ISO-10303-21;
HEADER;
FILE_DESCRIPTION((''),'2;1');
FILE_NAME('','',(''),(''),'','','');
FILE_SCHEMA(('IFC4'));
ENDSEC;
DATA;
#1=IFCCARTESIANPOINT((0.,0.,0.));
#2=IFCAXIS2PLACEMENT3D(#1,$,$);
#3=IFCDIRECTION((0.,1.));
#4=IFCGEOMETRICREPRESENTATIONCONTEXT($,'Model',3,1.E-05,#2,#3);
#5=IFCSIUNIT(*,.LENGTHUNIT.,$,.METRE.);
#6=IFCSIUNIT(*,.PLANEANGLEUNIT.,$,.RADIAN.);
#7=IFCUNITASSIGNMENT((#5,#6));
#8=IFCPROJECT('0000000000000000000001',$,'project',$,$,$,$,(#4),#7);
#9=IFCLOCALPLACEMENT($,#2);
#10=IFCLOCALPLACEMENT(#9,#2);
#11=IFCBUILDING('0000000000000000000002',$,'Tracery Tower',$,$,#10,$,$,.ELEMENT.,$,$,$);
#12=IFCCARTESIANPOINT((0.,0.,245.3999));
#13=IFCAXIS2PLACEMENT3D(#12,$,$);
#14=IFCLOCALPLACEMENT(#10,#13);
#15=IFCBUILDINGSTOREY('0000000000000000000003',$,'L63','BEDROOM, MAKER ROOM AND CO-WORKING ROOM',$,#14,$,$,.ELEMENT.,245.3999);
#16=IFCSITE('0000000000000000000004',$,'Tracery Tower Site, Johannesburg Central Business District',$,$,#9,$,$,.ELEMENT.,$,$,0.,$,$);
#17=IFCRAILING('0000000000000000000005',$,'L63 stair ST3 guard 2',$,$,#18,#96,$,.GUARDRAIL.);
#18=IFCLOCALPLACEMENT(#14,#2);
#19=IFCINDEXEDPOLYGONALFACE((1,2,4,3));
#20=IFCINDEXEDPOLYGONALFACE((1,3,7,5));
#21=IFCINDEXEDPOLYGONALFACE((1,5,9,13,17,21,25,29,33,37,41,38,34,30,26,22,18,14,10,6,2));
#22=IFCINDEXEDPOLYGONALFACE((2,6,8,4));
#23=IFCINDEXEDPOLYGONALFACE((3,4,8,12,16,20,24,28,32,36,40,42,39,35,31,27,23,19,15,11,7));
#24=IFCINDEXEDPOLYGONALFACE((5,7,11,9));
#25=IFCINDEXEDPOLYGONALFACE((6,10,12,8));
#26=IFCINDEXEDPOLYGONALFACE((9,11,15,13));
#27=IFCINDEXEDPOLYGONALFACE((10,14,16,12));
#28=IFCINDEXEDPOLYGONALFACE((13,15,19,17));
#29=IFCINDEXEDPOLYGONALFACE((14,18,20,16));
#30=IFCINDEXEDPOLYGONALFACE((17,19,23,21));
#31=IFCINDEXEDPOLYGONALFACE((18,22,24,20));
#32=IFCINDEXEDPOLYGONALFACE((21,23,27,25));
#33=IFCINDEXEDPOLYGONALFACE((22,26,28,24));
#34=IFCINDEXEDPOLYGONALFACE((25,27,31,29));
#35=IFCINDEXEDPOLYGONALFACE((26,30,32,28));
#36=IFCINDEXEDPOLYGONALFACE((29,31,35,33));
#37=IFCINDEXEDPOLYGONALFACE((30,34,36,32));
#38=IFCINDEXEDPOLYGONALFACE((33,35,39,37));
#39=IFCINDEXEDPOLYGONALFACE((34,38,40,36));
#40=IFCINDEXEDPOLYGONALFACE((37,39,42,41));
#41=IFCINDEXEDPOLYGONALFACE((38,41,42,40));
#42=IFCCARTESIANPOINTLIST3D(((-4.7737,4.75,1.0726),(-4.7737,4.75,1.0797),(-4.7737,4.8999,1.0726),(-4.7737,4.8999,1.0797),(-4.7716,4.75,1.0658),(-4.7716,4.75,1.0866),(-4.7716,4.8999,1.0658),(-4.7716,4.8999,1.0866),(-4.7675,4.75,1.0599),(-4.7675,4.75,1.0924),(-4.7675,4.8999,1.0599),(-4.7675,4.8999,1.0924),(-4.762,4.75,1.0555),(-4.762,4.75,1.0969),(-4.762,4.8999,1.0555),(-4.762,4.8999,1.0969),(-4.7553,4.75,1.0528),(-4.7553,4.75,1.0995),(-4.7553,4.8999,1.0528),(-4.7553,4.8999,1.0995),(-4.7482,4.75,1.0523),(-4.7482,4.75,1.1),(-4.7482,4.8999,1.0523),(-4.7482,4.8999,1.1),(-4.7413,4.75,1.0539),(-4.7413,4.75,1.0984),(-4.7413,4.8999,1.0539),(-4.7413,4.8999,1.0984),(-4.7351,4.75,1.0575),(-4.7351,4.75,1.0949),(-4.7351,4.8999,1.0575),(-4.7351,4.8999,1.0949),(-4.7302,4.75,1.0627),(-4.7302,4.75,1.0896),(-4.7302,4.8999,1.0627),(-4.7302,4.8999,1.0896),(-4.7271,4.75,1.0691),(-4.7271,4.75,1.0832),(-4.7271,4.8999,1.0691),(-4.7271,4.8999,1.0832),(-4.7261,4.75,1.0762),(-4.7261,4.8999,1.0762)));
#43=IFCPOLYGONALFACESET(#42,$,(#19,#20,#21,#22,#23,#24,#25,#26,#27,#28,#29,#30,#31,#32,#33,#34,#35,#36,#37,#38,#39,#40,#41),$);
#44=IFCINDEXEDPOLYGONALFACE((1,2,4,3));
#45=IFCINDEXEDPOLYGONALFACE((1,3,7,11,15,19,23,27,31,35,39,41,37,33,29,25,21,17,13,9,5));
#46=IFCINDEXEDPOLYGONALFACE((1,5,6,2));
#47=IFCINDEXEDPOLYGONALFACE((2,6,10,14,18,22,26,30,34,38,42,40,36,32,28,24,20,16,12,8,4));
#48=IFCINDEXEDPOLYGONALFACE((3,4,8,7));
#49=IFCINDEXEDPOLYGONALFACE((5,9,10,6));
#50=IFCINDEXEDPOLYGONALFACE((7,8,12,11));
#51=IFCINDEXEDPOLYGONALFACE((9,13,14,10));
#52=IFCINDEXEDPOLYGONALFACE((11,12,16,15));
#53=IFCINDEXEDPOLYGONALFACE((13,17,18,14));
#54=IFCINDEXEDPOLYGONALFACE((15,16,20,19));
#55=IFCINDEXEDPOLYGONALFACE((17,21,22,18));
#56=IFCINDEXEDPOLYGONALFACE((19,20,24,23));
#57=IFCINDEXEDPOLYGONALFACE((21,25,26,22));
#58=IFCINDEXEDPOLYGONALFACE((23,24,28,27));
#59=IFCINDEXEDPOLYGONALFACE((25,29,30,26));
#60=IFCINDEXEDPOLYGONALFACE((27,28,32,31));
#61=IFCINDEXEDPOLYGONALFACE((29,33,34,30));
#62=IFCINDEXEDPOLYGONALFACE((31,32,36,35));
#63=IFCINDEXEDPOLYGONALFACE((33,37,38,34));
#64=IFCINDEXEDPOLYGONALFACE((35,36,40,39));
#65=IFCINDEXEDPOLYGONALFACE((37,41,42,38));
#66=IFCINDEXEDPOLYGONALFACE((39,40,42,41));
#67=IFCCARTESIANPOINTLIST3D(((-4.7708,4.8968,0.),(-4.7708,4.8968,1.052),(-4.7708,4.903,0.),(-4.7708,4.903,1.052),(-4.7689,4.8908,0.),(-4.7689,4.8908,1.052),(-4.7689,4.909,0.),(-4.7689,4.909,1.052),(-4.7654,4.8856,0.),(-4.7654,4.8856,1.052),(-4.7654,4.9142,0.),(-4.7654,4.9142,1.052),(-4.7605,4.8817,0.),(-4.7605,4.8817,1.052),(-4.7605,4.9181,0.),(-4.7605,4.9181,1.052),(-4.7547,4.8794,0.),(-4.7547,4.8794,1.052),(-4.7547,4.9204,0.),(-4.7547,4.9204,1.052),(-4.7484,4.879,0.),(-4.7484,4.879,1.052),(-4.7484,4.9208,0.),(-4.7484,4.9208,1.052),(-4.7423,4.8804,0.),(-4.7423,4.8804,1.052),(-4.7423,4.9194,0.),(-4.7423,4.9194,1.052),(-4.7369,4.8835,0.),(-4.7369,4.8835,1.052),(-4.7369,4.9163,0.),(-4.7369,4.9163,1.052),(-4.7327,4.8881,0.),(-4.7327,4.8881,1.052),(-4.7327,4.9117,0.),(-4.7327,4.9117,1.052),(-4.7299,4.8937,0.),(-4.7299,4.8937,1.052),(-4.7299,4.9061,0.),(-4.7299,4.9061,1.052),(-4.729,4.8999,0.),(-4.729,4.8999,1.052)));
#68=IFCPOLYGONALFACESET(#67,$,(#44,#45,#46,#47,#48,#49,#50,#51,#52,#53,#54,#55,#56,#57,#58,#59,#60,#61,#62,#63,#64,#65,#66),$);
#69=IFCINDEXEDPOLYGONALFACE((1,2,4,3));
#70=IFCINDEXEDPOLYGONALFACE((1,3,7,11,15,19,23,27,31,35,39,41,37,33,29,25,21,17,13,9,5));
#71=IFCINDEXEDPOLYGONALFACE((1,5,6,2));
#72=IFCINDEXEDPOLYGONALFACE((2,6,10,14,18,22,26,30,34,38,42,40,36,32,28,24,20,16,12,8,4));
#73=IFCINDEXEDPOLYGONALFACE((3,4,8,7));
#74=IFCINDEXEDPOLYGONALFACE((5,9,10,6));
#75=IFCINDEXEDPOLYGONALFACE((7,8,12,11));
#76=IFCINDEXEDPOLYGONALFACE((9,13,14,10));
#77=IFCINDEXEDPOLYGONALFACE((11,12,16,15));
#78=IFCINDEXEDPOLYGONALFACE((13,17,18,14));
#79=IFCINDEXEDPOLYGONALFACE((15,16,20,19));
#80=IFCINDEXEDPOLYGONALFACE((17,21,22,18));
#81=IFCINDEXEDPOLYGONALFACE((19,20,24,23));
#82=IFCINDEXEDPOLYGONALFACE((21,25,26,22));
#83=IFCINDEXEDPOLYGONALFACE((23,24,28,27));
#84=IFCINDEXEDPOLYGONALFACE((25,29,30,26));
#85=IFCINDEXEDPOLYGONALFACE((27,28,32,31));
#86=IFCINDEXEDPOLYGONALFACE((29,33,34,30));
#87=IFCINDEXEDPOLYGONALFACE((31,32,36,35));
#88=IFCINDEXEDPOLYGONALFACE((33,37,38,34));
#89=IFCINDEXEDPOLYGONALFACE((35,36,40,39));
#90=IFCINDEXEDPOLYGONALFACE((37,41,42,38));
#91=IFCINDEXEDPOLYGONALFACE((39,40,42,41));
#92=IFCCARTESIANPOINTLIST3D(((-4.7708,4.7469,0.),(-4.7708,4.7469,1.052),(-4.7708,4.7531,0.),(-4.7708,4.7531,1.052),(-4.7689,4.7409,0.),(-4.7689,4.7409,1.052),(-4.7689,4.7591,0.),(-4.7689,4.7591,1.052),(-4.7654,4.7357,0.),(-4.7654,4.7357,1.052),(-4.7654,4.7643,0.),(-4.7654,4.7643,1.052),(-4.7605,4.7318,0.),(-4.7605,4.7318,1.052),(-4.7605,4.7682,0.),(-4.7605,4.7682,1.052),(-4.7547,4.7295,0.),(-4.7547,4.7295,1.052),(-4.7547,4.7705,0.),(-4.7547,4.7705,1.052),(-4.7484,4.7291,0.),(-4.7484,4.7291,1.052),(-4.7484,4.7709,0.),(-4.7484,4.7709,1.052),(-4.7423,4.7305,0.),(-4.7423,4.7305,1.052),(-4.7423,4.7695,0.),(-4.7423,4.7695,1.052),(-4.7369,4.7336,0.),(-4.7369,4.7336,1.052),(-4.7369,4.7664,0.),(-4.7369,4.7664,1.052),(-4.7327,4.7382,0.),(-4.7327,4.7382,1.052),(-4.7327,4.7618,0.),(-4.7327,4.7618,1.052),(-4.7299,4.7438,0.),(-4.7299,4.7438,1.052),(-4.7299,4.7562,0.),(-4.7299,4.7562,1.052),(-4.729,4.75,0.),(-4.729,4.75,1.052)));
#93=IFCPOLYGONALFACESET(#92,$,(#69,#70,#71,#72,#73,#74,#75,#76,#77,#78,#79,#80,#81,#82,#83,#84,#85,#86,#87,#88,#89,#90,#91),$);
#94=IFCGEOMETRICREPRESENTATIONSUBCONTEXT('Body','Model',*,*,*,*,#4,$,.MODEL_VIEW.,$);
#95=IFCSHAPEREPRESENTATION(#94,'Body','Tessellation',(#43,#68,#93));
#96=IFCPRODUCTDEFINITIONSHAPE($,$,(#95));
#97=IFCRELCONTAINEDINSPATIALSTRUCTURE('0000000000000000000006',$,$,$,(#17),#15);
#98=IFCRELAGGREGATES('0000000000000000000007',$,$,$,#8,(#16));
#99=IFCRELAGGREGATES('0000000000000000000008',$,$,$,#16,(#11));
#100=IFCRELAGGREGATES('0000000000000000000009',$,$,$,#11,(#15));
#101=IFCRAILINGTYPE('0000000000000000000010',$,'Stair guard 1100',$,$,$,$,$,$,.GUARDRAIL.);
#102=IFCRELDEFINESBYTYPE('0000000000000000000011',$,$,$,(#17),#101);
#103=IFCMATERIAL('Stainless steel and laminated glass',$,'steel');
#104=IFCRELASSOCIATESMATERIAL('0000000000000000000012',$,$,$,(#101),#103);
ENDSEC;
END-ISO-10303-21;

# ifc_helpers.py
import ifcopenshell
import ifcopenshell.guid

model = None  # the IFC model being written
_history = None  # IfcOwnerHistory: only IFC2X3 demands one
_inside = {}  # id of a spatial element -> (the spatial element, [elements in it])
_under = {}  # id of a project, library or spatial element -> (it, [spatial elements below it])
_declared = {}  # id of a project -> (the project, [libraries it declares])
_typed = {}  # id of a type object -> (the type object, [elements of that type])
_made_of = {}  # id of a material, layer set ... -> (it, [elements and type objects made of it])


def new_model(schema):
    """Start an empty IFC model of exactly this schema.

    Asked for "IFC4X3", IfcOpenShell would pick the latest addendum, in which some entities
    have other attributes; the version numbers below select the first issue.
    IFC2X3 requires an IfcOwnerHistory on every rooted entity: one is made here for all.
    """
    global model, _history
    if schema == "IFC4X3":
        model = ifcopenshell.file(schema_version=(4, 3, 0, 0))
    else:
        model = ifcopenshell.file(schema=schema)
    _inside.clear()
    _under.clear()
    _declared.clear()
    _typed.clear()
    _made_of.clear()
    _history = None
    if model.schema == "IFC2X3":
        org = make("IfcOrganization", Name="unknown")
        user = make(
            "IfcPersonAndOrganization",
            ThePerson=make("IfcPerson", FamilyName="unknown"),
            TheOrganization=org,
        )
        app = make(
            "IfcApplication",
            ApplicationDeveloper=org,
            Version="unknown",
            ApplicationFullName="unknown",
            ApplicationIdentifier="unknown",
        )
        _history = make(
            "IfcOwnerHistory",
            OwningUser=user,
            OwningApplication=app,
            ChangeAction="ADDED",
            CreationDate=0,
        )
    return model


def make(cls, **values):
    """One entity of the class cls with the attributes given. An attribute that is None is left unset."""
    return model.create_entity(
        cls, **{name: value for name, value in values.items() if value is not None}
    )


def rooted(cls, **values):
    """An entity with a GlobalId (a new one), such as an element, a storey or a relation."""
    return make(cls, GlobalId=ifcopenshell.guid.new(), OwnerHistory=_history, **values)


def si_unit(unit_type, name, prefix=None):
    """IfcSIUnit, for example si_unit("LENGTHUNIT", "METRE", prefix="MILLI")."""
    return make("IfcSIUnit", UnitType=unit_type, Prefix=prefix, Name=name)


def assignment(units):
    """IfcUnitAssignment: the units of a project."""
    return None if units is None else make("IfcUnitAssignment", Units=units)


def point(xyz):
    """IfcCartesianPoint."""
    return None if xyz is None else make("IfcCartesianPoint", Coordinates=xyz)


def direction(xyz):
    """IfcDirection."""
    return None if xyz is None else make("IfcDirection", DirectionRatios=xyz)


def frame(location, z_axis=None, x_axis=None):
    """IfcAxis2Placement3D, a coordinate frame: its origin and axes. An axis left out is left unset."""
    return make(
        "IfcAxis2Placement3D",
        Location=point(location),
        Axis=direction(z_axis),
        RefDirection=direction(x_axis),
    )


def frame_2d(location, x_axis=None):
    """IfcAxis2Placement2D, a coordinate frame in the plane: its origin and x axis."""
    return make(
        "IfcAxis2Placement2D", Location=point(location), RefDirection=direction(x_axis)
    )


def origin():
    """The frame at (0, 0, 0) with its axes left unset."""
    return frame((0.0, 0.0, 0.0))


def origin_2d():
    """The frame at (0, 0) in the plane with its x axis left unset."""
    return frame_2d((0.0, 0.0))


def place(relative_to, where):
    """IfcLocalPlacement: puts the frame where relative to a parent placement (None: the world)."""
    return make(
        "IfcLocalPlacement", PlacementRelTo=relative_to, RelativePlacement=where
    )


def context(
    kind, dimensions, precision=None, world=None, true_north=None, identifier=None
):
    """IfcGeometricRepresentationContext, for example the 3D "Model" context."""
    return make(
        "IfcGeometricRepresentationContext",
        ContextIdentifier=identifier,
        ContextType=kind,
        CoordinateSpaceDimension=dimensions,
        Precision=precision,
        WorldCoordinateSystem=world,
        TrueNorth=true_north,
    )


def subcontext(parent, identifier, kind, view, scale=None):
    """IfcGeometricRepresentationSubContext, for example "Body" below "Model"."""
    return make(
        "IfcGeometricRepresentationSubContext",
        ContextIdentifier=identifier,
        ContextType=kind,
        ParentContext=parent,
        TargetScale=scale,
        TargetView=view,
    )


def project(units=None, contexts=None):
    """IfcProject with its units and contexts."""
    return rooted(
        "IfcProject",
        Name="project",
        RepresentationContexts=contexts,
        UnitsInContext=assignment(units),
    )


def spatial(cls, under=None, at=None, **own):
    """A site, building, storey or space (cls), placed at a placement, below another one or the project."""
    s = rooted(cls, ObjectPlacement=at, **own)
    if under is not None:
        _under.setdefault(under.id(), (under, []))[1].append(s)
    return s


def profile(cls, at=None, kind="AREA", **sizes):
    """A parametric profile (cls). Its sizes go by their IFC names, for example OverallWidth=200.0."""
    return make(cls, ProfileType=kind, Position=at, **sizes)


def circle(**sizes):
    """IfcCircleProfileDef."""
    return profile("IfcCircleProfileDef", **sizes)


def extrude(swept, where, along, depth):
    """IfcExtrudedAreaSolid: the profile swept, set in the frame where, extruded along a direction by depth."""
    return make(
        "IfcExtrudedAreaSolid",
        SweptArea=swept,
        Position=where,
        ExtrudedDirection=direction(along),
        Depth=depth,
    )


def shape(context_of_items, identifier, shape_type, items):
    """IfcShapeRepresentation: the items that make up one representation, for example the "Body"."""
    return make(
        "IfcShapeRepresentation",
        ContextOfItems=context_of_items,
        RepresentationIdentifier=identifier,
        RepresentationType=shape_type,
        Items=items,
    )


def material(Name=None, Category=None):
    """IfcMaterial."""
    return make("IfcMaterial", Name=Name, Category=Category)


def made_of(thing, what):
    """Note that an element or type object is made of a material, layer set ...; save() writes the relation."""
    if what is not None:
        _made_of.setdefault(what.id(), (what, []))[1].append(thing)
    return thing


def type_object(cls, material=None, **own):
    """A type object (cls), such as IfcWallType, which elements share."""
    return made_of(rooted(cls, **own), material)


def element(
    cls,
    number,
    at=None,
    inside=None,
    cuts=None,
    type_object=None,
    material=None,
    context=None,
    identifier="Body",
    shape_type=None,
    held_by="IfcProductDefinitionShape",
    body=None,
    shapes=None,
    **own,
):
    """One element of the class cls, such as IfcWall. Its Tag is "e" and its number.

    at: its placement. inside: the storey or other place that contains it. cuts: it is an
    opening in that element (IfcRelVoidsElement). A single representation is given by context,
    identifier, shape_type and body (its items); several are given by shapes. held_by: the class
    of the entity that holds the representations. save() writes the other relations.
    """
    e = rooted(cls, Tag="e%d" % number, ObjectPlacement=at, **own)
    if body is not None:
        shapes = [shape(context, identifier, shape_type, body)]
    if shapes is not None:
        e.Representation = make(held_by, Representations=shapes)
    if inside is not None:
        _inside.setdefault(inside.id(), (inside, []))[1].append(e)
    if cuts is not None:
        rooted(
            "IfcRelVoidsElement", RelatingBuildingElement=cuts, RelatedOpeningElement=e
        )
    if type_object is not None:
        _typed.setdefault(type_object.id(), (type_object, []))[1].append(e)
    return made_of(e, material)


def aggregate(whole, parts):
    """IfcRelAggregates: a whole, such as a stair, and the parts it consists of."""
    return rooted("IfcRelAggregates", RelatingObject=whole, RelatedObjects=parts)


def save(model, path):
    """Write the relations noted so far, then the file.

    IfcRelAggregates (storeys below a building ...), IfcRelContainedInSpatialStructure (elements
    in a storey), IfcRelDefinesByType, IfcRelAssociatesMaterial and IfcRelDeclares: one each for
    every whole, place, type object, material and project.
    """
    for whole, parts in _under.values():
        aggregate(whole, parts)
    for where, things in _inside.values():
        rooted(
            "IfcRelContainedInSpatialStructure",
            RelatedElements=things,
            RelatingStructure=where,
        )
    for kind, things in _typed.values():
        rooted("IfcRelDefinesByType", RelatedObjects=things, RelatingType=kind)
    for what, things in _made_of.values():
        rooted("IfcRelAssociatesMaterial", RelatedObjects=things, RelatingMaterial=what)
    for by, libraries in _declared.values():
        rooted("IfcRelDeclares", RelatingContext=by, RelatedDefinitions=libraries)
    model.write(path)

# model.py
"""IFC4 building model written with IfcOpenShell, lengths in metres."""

from ifc_helpers import new_model, si_unit, direction, frame, origin, origin_2d, place, context, subcontext, project, spatial, circle, extrude, material, type_object, element, save


model = new_model("IFC4")

# Units and contexts
model_context = context("Model", 3, precision=1e-05, world=origin(), true_north=direction((0.0, 1.0)))
body_context = subcontext(model_context, "Body", "Model", "MODEL_VIEW")
ifc_project = project(units=[si_unit("LENGTHUNIT", "METRE"), si_unit("PLANEANGLEUNIT", "RADIAN")], contexts=[model_context])

# Site, building, storey
site_placement = place(None, origin())
site = spatial("IfcSite", under=ifc_project, at=site_placement, Name="Tracery Tower Site, Johannesburg Central Business District", CompositionType="ELEMENT", RefElevation=0.0)
building_placement = place(site_placement, origin())
building = spatial("IfcBuilding", under=site, at=building_placement, Name="Tracery Tower", CompositionType="ELEMENT")
storey_placement = place(building_placement, frame((0.0, 0.0, 245.3999)))
storey = spatial("IfcBuildingStorey", under=building, at=storey_placement, Name="L63", Description="BEDROOM, MAKER ROOM AND CO-WORKING ROOM", CompositionType="ELEMENT", Elevation=245.3999)

# Railing
ifc_material_1 = material(Name="Stainless steel and laminated glass", Category="steel")
railing_type_1 = type_object("IfcRailingType", Name="Stair guard 1100", PredefinedType="GUARDRAIL", material=ifc_material_1)
railing_1_placement = place(storey_placement, frame((-4.75, 4.8999, 0.0)))
element("IfcRailing", 1, at=railing_1_placement, inside=storey, type_object=railing_type_1, Name="L63 stair ST3 guard 2", PredefinedType="GUARDRAIL", context=body_context, shape_type="SweptSolid", body=[
    extrude(circle(Radius=0.0239, at=origin_2d()), frame((0.0, 0.0, 1.0762), z_axis=(0.0, -1.0, 0.0), x_axis=(1.0, 0.0, 0.0)), (0.0, 0.0, 1.0), 0.1499),
    extrude(circle(Radius=0.021, at=origin_2d()), origin(), (0.0, 0.0, 1.0), 1.052),
    extrude(circle(Radius=0.021, at=origin_2d()), frame((0.0, -0.1499, 0.0)), (0.0, 0.0, 1.0), 1.052),
])

save(model, "model.ifc")
